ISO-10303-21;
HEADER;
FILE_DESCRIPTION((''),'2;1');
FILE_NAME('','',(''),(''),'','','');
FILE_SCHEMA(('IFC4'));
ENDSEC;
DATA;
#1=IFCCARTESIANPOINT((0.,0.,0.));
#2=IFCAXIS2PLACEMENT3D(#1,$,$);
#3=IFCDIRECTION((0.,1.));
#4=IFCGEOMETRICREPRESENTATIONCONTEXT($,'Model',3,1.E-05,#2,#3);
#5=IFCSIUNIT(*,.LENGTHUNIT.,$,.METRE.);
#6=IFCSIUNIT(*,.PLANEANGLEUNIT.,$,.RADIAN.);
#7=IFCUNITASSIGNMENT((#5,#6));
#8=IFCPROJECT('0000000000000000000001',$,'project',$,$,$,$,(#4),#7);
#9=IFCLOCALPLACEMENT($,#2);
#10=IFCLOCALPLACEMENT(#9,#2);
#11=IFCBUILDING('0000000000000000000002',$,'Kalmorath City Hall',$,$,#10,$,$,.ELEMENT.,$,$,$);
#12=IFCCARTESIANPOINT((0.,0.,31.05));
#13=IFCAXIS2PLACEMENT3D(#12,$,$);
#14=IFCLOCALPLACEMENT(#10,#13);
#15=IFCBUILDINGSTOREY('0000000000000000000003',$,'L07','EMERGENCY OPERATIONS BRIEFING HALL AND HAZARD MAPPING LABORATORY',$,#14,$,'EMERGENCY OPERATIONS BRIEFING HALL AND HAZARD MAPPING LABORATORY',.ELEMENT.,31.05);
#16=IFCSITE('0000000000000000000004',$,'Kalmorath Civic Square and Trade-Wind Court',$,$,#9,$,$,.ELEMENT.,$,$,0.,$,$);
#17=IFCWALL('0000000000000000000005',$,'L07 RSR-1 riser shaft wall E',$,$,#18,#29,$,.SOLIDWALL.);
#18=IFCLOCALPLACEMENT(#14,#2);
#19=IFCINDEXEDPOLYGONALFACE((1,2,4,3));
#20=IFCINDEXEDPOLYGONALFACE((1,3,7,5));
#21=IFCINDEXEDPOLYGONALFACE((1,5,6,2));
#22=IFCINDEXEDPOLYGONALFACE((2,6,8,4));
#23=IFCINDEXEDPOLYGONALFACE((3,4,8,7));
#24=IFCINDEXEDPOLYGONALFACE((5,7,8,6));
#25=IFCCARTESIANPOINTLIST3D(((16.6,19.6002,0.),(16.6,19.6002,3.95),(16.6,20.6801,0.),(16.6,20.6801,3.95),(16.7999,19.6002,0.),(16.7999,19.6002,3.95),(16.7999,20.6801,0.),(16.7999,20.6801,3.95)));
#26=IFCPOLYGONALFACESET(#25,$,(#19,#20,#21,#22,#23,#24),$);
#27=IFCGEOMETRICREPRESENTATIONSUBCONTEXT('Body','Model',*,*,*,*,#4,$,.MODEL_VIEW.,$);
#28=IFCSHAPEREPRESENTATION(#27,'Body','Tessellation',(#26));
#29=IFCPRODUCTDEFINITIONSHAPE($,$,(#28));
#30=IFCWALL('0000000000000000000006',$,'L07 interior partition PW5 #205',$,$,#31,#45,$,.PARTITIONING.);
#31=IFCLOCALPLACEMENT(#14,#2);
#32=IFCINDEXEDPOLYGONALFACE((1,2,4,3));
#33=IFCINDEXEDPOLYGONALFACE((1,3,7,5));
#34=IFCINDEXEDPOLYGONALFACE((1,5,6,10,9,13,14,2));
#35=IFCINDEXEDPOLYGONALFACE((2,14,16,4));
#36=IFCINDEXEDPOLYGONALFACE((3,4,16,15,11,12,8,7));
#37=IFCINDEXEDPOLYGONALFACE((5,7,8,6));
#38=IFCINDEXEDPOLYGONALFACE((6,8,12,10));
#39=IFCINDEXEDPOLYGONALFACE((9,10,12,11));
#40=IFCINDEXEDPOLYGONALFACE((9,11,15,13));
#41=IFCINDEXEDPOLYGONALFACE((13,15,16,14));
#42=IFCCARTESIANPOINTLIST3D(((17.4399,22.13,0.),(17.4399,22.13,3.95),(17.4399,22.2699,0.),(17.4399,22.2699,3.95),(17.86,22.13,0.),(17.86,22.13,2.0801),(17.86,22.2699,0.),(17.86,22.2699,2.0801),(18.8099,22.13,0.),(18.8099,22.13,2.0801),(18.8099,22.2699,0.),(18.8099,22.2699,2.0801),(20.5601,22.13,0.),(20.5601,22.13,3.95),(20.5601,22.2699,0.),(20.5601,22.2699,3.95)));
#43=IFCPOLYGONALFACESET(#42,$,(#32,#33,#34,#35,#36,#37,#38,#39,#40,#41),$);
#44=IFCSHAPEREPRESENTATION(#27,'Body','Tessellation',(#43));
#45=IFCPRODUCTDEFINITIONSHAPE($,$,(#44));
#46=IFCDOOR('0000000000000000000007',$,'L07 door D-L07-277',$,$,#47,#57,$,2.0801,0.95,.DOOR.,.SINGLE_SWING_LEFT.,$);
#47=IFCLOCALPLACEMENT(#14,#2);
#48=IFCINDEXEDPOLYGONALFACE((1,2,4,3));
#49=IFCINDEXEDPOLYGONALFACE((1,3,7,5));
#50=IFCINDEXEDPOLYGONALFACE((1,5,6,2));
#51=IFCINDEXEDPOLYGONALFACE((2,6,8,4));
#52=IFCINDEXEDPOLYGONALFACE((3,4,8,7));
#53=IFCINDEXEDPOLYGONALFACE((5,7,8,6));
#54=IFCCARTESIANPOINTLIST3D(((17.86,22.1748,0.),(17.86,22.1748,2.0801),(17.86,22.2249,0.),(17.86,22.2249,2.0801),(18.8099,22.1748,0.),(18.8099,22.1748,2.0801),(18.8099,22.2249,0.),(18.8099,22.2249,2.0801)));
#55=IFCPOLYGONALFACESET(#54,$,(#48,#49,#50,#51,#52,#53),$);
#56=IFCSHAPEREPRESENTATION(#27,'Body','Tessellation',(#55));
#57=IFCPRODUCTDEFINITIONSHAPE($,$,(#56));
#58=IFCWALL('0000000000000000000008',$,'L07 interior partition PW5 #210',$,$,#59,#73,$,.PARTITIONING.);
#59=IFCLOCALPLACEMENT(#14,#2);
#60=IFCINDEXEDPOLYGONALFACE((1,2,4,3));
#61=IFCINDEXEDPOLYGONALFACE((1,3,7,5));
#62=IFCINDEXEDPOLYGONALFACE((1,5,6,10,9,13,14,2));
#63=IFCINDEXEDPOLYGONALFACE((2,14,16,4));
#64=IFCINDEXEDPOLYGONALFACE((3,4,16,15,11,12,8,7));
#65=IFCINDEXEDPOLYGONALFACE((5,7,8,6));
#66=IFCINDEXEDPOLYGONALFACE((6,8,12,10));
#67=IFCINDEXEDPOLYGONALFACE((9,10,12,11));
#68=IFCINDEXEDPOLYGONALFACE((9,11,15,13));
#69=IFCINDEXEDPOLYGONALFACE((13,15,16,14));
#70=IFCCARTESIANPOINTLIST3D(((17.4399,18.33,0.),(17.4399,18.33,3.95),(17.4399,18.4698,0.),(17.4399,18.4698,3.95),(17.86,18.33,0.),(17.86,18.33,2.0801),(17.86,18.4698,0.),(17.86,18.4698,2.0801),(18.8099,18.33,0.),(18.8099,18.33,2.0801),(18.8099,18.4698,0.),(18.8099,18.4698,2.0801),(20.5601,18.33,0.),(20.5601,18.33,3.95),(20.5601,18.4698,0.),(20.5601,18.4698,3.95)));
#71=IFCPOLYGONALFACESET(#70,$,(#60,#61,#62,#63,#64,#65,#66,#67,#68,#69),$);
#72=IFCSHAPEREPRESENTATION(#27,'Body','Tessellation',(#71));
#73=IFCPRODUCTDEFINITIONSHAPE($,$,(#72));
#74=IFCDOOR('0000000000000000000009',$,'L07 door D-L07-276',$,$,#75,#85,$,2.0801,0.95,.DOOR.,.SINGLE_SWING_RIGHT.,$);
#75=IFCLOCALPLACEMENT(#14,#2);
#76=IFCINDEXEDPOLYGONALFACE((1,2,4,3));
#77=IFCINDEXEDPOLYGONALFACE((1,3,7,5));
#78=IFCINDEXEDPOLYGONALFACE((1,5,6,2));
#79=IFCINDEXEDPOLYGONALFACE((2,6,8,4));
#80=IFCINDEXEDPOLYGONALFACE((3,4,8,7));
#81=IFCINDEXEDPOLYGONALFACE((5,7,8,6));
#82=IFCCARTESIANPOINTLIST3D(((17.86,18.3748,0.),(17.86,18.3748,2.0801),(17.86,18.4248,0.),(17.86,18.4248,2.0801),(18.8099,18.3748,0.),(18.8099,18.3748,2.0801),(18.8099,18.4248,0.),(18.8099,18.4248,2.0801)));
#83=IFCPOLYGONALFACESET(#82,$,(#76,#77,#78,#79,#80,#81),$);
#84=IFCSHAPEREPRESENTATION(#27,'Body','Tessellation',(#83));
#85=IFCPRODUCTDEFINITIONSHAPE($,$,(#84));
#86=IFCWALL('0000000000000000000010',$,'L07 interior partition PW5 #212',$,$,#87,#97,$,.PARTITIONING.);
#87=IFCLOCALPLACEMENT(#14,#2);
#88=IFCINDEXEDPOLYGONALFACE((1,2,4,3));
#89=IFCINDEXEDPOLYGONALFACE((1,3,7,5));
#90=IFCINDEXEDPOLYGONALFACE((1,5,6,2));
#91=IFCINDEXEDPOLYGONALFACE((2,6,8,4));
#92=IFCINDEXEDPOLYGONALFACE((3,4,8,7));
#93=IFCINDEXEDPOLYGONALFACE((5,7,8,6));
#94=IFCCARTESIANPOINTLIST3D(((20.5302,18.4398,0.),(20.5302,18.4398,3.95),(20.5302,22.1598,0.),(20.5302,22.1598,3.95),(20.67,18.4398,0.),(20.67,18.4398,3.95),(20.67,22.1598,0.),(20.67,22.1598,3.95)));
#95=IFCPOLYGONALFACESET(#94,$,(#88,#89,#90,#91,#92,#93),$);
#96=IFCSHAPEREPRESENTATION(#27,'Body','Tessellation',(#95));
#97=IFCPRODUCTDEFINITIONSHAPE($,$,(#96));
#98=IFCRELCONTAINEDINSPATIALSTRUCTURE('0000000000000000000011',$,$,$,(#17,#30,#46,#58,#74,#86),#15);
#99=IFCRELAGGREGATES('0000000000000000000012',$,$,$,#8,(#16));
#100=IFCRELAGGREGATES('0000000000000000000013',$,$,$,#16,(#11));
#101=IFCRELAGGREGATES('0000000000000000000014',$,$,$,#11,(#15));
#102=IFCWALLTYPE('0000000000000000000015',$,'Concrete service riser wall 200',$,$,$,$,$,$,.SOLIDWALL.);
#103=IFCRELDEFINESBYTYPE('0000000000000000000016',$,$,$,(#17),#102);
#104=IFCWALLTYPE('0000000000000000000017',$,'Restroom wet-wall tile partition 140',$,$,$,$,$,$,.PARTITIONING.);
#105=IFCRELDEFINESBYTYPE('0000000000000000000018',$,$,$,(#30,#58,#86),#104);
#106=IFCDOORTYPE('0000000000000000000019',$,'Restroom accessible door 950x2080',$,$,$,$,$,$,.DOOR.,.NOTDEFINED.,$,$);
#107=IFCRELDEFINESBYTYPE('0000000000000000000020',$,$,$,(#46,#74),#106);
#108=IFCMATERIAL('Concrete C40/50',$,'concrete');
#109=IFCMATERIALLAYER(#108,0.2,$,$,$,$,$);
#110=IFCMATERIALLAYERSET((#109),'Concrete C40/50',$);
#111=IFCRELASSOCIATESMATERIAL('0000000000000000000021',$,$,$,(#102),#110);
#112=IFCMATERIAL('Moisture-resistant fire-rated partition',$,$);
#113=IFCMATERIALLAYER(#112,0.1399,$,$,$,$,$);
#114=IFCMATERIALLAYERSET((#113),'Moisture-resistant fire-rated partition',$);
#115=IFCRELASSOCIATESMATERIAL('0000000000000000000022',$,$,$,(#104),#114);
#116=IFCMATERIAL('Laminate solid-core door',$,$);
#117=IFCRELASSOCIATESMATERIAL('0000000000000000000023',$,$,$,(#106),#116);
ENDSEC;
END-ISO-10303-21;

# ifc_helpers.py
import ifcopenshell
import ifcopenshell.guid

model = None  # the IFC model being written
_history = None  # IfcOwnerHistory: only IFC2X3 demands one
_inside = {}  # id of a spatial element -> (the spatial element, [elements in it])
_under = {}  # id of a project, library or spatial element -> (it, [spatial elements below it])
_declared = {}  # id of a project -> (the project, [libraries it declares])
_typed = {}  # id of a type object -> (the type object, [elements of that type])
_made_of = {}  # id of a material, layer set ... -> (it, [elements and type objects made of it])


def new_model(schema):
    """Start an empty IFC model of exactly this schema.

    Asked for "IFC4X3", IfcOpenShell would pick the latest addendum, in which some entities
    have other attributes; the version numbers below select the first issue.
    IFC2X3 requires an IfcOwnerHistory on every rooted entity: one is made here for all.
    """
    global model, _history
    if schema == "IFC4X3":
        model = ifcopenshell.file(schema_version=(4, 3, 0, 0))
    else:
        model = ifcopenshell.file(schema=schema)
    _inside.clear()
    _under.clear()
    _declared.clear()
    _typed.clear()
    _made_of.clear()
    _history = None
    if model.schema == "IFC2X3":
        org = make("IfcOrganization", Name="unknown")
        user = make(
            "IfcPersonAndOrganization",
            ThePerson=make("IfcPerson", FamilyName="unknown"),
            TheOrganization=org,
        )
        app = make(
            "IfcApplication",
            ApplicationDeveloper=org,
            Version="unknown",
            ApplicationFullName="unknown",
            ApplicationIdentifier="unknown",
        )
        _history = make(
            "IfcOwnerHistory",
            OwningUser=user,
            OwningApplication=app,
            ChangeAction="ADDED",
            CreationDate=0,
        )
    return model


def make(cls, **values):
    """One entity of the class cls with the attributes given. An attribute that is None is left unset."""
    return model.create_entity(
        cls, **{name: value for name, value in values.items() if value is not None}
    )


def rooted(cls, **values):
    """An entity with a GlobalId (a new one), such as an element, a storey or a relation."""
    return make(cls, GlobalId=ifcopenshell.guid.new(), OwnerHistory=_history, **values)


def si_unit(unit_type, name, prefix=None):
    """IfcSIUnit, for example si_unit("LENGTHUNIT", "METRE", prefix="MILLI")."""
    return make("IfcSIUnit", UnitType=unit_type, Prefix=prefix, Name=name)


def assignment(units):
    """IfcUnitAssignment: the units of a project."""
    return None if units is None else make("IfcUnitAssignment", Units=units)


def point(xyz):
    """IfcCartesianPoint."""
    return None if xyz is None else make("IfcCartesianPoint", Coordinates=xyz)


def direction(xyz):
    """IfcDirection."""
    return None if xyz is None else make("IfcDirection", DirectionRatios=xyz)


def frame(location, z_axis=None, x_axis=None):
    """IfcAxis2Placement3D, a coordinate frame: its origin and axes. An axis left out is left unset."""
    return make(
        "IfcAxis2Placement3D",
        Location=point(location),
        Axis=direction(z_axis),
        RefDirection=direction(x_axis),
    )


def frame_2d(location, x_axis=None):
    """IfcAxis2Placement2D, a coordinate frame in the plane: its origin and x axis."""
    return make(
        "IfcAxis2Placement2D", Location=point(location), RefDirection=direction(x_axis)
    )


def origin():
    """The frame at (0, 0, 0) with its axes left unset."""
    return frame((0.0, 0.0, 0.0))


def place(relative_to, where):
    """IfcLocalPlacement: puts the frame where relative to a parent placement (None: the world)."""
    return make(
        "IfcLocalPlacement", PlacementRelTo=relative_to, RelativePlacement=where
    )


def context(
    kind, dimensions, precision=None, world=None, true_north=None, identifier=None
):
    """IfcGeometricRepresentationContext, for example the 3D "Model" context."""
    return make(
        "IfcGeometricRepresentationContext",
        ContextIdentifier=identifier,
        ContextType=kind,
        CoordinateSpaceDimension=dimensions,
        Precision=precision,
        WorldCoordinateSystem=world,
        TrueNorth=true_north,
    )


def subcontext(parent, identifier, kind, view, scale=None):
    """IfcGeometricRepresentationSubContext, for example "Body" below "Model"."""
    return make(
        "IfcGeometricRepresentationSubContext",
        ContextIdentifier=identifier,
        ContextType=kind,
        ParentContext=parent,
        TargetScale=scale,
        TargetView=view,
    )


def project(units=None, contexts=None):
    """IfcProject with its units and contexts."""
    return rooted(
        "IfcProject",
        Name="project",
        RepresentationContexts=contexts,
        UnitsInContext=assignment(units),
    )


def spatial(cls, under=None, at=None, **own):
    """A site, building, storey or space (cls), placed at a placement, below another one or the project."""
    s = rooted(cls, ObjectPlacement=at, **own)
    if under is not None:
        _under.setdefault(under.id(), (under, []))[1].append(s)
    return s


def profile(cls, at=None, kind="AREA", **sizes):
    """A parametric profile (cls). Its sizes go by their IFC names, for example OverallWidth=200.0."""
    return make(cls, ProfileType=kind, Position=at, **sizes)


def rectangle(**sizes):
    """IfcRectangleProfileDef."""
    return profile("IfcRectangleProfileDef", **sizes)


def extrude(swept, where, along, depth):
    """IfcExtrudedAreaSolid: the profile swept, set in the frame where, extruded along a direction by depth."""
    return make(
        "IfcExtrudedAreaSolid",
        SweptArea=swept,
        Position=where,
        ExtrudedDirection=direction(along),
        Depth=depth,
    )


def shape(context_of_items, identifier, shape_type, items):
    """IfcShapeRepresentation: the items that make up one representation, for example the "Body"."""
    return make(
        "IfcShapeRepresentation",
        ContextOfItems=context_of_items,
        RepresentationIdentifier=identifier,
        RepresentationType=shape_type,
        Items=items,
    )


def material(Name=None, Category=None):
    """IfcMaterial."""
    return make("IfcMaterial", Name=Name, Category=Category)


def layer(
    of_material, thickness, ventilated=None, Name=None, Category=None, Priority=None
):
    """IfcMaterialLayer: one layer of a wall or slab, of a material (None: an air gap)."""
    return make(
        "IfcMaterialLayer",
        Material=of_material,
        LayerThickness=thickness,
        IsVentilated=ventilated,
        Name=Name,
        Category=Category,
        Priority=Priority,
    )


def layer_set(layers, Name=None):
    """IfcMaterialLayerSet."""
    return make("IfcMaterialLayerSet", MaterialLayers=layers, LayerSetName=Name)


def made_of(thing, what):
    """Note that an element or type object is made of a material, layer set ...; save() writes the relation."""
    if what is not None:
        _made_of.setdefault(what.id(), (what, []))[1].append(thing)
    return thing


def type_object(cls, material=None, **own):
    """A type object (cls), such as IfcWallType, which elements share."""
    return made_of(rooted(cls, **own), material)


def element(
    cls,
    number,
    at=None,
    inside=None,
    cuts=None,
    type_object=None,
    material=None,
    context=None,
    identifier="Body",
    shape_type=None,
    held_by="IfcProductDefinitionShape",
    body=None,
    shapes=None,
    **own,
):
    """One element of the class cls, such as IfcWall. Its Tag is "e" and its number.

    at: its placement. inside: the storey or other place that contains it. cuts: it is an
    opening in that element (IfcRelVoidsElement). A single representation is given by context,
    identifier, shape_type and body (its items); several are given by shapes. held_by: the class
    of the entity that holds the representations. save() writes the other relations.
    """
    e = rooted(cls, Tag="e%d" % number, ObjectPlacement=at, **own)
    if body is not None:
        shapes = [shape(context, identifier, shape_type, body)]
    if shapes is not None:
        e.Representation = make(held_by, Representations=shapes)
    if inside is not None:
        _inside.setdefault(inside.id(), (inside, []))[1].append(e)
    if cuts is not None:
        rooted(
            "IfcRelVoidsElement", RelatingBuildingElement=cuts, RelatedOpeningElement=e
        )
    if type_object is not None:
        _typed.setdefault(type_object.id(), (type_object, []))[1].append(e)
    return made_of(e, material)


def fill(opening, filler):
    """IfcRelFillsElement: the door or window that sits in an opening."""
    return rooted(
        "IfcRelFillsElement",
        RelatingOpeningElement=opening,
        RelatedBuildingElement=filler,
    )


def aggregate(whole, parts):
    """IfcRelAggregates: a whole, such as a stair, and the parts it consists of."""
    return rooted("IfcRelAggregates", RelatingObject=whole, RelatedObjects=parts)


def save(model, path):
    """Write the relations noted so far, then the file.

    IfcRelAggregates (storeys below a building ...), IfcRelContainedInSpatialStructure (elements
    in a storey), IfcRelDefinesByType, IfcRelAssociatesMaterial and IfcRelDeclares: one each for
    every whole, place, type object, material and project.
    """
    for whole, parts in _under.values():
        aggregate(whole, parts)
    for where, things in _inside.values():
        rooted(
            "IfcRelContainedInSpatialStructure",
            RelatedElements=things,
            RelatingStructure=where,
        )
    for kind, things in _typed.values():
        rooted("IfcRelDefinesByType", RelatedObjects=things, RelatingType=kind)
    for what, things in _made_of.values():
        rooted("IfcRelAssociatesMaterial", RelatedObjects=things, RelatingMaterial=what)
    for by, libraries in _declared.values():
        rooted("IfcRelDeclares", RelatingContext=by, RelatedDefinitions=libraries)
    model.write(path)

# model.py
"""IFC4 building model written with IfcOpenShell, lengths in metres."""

from ifc_helpers import new_model, si_unit, direction, frame, frame_2d, origin, place, context, subcontext, project, spatial, rectangle, extrude, material, layer, layer_set, type_object, element, fill, save


model = new_model("IFC4")

# Units and contexts
model_context = context("Model", 3, precision=1e-05, world=origin(), true_north=direction((0.0, 1.0)))
body_context = subcontext(model_context, "Body", "Model", "MODEL_VIEW")
ifc_project = project(units=[si_unit("LENGTHUNIT", "METRE"), si_unit("PLANEANGLEUNIT", "RADIAN")], contexts=[model_context])

# Site, building, storey
site_placement = place(None, origin())
site = spatial("IfcSite", under=ifc_project, at=site_placement, Name="Kalmorath Civic Square and Trade-Wind Court", CompositionType="ELEMENT", RefElevation=0.0)
building_placement = place(site_placement, origin())
building = spatial("IfcBuilding", under=site, at=building_placement, Name="Kalmorath City Hall", CompositionType="ELEMENT")
storey_placement = place(building_placement, frame((0.0, 0.0, 31.05)))
storey = spatial("IfcBuildingStorey", under=building, at=storey_placement, Name="L07", Description="EMERGENCY OPERATIONS BRIEFING HALL AND HAZARD MAPPING LABORATORY", LongName="EMERGENCY OPERATIONS BRIEFING HALL AND HAZARD MAPPING LABORATORY", CompositionType="ELEMENT", Elevation=31.05)

# Wall
ifc_material_1 = material(Name="Concrete C40/50", Category="concrete")
ifc_layer_1 = layer(ifc_material_1, 0.2)
ifc_layer_set_1 = layer_set([ifc_layer_1], Name="Concrete C40/50")
wall_type_1 = type_object("IfcWallType", Name="Concrete service riser wall 200", PredefinedType="SOLIDWALL", material=ifc_layer_set_1)
for number, where, z_axis, x_axis, name in (
    (1, (16.7, 19.6001, 0.0), (0.0, 0.0, 1.0), (0.0, 1.0, 0.0), "L07 RSR-1 riser shaft wall E"),
):
    element("IfcWall", number, at=place(storey_placement, frame(where, z_axis=z_axis, x_axis=x_axis)), inside=storey, type_object=wall_type_1, Name=name, PredefinedType="SOLIDWALL", context=body_context, shape_type="SweptSolid", body=[
        extrude(rectangle(XDim=1.0798, YDim=0.2, at=frame_2d((0.54, 0.0))), origin(), (0.0, 0.0, 1.0), 3.95),
    ])

# Walls, openings, doors
ifc_material_2 = material(Name="Moisture-resistant fire-rated partition")
ifc_layer_2 = layer(ifc_material_2, 0.1399)
ifc_layer_set_2 = layer_set([ifc_layer_2], Name="Moisture-resistant fire-rated partition")
wall_type_2 = type_object("IfcWallType", Name="Restroom wet-wall tile partition 140", PredefinedType="PARTITIONING", material=ifc_layer_set_2)
wall_1_placement = place(storey_placement, frame((17.4399, 22.2, 0.0), z_axis=(0.0, 0.0, 1.0), x_axis=(1.0, 0.0, 0.0)))
wall_1 = element("IfcWall", 2, at=wall_1_placement, inside=storey, type_object=wall_type_2, Name="L07 interior partition PW5 #205", PredefinedType="PARTITIONING", context=body_context, shape_type="SweptSolid", body=[
    extrude(rectangle(XDim=3.1201, YDim=0.1399, at=frame_2d((1.5601, 0.0))), origin(), (0.0, 0.0, 1.0), 3.95),
])
opening_1_placement = place(wall_1_placement, frame((0.4199, 0.0, 0.0)))
opening_1 = element("IfcOpeningElement", 3, at=opening_1_placement, cuts=wall_1, PredefinedType="OPENING", context=body_context, shape_type="SweptSolid", body=[
    extrude(rectangle(XDim=0.95, YDim=2.0801, at=frame_2d((0.4751, 1.04))), frame((0.0, 0.0798, 0.0), z_axis=(0.0, -1.0, 0.0), x_axis=(1.0, 0.0, 0.0)), (0.0, 0.0, 1.0), 0.1599),
])
ifc_material_3 = material(Name="Laminate solid-core door")
door_type_1 = type_object("IfcDoorType", Name="Restroom accessible door 950x2080", OperationType="NOTDEFINED", PredefinedType="DOOR", material=ifc_material_3)
door_1_placement = place(opening_1_placement, origin())
door_1 = element("IfcDoor", 4, at=door_1_placement, inside=storey, type_object=door_type_1, Name="L07 door D-L07-277", OperationType="SINGLE_SWING_LEFT", OverallHeight=2.0801, OverallWidth=0.95, PredefinedType="DOOR", context=body_context, shape_type="SweptSolid", body=[
    extrude(rectangle(XDim=0.95, YDim=2.0801, at=frame_2d((0.4751, 1.04))), frame((0.0, 0.0249, 0.0), z_axis=(0.0, -1.0, 0.0), x_axis=(1.0, 0.0, 0.0)), (0.0, 0.0, 1.0), 0.05),
])
fill(opening_1, door_1)
wall_2_placement = place(storey_placement, frame((17.4399, 18.3999, 0.0), z_axis=(0.0, 0.0, 1.0), x_axis=(1.0, 0.0, 0.0)))
wall_2 = element("IfcWall", 5, at=wall_2_placement, inside=storey, type_object=wall_type_2, Name="L07 interior partition PW5 #210", PredefinedType="PARTITIONING", context=body_context, shape_type="SweptSolid", body=[
    extrude(rectangle(XDim=3.1201, YDim=0.1399, at=frame_2d((1.5601, 0.0))), origin(), (0.0, 0.0, 1.0), 3.95),
])
opening_2_placement = place(wall_2_placement, frame((0.4199, 0.0, 0.0)))
opening_2 = element("IfcOpeningElement", 6, at=opening_2_placement, cuts=wall_2, PredefinedType="OPENING", context=body_context, shape_type="SweptSolid", body=[
    extrude(rectangle(XDim=0.95, YDim=2.0801, at=frame_2d((0.4751, 1.04))), frame((0.0, 0.0798, 0.0), z_axis=(0.0, -1.0, 0.0), x_axis=(1.0, 0.0, 0.0)), (0.0, 0.0, 1.0), 0.1599),
])
door_2_placement = place(opening_2_placement, origin())
door_2 = element("IfcDoor", 7, at=door_2_placement, inside=storey, type_object=door_type_1, Name="L07 door D-L07-276", OperationType="SINGLE_SWING_RIGHT", OverallHeight=2.0801, OverallWidth=0.95, PredefinedType="DOOR", context=body_context, shape_type="SweptSolid", body=[
    extrude(rectangle(XDim=0.95, YDim=2.0801, at=frame_2d((0.4751, 1.04))), frame((0.0, 0.0249, 0.0), z_axis=(0.0, -1.0, 0.0), x_axis=(1.0, 0.0, 0.0)), (0.0, 0.0, 1.0), 0.05),
])
fill(opening_2, door_2)

# Wall
wall_3_placement = place(storey_placement, frame((20.6001, 18.4399, 0.0), z_axis=(0.0, 0.0, 1.0), x_axis=(0.0, 1.0, 0.0)))
element("IfcWall", 8, at=wall_3_placement, inside=storey, type_object=wall_type_2, Name="L07 interior partition PW5 #212", PredefinedType="PARTITIONING", context=body_context, shape_type="SweptSolid", body=[
    extrude(rectangle(XDim=3.72, YDim=0.1399, at=frame_2d((1.8599, 0.0))), origin(), (0.0, 0.0, 1.0), 3.95),
])

save(model, "model.ifc")
